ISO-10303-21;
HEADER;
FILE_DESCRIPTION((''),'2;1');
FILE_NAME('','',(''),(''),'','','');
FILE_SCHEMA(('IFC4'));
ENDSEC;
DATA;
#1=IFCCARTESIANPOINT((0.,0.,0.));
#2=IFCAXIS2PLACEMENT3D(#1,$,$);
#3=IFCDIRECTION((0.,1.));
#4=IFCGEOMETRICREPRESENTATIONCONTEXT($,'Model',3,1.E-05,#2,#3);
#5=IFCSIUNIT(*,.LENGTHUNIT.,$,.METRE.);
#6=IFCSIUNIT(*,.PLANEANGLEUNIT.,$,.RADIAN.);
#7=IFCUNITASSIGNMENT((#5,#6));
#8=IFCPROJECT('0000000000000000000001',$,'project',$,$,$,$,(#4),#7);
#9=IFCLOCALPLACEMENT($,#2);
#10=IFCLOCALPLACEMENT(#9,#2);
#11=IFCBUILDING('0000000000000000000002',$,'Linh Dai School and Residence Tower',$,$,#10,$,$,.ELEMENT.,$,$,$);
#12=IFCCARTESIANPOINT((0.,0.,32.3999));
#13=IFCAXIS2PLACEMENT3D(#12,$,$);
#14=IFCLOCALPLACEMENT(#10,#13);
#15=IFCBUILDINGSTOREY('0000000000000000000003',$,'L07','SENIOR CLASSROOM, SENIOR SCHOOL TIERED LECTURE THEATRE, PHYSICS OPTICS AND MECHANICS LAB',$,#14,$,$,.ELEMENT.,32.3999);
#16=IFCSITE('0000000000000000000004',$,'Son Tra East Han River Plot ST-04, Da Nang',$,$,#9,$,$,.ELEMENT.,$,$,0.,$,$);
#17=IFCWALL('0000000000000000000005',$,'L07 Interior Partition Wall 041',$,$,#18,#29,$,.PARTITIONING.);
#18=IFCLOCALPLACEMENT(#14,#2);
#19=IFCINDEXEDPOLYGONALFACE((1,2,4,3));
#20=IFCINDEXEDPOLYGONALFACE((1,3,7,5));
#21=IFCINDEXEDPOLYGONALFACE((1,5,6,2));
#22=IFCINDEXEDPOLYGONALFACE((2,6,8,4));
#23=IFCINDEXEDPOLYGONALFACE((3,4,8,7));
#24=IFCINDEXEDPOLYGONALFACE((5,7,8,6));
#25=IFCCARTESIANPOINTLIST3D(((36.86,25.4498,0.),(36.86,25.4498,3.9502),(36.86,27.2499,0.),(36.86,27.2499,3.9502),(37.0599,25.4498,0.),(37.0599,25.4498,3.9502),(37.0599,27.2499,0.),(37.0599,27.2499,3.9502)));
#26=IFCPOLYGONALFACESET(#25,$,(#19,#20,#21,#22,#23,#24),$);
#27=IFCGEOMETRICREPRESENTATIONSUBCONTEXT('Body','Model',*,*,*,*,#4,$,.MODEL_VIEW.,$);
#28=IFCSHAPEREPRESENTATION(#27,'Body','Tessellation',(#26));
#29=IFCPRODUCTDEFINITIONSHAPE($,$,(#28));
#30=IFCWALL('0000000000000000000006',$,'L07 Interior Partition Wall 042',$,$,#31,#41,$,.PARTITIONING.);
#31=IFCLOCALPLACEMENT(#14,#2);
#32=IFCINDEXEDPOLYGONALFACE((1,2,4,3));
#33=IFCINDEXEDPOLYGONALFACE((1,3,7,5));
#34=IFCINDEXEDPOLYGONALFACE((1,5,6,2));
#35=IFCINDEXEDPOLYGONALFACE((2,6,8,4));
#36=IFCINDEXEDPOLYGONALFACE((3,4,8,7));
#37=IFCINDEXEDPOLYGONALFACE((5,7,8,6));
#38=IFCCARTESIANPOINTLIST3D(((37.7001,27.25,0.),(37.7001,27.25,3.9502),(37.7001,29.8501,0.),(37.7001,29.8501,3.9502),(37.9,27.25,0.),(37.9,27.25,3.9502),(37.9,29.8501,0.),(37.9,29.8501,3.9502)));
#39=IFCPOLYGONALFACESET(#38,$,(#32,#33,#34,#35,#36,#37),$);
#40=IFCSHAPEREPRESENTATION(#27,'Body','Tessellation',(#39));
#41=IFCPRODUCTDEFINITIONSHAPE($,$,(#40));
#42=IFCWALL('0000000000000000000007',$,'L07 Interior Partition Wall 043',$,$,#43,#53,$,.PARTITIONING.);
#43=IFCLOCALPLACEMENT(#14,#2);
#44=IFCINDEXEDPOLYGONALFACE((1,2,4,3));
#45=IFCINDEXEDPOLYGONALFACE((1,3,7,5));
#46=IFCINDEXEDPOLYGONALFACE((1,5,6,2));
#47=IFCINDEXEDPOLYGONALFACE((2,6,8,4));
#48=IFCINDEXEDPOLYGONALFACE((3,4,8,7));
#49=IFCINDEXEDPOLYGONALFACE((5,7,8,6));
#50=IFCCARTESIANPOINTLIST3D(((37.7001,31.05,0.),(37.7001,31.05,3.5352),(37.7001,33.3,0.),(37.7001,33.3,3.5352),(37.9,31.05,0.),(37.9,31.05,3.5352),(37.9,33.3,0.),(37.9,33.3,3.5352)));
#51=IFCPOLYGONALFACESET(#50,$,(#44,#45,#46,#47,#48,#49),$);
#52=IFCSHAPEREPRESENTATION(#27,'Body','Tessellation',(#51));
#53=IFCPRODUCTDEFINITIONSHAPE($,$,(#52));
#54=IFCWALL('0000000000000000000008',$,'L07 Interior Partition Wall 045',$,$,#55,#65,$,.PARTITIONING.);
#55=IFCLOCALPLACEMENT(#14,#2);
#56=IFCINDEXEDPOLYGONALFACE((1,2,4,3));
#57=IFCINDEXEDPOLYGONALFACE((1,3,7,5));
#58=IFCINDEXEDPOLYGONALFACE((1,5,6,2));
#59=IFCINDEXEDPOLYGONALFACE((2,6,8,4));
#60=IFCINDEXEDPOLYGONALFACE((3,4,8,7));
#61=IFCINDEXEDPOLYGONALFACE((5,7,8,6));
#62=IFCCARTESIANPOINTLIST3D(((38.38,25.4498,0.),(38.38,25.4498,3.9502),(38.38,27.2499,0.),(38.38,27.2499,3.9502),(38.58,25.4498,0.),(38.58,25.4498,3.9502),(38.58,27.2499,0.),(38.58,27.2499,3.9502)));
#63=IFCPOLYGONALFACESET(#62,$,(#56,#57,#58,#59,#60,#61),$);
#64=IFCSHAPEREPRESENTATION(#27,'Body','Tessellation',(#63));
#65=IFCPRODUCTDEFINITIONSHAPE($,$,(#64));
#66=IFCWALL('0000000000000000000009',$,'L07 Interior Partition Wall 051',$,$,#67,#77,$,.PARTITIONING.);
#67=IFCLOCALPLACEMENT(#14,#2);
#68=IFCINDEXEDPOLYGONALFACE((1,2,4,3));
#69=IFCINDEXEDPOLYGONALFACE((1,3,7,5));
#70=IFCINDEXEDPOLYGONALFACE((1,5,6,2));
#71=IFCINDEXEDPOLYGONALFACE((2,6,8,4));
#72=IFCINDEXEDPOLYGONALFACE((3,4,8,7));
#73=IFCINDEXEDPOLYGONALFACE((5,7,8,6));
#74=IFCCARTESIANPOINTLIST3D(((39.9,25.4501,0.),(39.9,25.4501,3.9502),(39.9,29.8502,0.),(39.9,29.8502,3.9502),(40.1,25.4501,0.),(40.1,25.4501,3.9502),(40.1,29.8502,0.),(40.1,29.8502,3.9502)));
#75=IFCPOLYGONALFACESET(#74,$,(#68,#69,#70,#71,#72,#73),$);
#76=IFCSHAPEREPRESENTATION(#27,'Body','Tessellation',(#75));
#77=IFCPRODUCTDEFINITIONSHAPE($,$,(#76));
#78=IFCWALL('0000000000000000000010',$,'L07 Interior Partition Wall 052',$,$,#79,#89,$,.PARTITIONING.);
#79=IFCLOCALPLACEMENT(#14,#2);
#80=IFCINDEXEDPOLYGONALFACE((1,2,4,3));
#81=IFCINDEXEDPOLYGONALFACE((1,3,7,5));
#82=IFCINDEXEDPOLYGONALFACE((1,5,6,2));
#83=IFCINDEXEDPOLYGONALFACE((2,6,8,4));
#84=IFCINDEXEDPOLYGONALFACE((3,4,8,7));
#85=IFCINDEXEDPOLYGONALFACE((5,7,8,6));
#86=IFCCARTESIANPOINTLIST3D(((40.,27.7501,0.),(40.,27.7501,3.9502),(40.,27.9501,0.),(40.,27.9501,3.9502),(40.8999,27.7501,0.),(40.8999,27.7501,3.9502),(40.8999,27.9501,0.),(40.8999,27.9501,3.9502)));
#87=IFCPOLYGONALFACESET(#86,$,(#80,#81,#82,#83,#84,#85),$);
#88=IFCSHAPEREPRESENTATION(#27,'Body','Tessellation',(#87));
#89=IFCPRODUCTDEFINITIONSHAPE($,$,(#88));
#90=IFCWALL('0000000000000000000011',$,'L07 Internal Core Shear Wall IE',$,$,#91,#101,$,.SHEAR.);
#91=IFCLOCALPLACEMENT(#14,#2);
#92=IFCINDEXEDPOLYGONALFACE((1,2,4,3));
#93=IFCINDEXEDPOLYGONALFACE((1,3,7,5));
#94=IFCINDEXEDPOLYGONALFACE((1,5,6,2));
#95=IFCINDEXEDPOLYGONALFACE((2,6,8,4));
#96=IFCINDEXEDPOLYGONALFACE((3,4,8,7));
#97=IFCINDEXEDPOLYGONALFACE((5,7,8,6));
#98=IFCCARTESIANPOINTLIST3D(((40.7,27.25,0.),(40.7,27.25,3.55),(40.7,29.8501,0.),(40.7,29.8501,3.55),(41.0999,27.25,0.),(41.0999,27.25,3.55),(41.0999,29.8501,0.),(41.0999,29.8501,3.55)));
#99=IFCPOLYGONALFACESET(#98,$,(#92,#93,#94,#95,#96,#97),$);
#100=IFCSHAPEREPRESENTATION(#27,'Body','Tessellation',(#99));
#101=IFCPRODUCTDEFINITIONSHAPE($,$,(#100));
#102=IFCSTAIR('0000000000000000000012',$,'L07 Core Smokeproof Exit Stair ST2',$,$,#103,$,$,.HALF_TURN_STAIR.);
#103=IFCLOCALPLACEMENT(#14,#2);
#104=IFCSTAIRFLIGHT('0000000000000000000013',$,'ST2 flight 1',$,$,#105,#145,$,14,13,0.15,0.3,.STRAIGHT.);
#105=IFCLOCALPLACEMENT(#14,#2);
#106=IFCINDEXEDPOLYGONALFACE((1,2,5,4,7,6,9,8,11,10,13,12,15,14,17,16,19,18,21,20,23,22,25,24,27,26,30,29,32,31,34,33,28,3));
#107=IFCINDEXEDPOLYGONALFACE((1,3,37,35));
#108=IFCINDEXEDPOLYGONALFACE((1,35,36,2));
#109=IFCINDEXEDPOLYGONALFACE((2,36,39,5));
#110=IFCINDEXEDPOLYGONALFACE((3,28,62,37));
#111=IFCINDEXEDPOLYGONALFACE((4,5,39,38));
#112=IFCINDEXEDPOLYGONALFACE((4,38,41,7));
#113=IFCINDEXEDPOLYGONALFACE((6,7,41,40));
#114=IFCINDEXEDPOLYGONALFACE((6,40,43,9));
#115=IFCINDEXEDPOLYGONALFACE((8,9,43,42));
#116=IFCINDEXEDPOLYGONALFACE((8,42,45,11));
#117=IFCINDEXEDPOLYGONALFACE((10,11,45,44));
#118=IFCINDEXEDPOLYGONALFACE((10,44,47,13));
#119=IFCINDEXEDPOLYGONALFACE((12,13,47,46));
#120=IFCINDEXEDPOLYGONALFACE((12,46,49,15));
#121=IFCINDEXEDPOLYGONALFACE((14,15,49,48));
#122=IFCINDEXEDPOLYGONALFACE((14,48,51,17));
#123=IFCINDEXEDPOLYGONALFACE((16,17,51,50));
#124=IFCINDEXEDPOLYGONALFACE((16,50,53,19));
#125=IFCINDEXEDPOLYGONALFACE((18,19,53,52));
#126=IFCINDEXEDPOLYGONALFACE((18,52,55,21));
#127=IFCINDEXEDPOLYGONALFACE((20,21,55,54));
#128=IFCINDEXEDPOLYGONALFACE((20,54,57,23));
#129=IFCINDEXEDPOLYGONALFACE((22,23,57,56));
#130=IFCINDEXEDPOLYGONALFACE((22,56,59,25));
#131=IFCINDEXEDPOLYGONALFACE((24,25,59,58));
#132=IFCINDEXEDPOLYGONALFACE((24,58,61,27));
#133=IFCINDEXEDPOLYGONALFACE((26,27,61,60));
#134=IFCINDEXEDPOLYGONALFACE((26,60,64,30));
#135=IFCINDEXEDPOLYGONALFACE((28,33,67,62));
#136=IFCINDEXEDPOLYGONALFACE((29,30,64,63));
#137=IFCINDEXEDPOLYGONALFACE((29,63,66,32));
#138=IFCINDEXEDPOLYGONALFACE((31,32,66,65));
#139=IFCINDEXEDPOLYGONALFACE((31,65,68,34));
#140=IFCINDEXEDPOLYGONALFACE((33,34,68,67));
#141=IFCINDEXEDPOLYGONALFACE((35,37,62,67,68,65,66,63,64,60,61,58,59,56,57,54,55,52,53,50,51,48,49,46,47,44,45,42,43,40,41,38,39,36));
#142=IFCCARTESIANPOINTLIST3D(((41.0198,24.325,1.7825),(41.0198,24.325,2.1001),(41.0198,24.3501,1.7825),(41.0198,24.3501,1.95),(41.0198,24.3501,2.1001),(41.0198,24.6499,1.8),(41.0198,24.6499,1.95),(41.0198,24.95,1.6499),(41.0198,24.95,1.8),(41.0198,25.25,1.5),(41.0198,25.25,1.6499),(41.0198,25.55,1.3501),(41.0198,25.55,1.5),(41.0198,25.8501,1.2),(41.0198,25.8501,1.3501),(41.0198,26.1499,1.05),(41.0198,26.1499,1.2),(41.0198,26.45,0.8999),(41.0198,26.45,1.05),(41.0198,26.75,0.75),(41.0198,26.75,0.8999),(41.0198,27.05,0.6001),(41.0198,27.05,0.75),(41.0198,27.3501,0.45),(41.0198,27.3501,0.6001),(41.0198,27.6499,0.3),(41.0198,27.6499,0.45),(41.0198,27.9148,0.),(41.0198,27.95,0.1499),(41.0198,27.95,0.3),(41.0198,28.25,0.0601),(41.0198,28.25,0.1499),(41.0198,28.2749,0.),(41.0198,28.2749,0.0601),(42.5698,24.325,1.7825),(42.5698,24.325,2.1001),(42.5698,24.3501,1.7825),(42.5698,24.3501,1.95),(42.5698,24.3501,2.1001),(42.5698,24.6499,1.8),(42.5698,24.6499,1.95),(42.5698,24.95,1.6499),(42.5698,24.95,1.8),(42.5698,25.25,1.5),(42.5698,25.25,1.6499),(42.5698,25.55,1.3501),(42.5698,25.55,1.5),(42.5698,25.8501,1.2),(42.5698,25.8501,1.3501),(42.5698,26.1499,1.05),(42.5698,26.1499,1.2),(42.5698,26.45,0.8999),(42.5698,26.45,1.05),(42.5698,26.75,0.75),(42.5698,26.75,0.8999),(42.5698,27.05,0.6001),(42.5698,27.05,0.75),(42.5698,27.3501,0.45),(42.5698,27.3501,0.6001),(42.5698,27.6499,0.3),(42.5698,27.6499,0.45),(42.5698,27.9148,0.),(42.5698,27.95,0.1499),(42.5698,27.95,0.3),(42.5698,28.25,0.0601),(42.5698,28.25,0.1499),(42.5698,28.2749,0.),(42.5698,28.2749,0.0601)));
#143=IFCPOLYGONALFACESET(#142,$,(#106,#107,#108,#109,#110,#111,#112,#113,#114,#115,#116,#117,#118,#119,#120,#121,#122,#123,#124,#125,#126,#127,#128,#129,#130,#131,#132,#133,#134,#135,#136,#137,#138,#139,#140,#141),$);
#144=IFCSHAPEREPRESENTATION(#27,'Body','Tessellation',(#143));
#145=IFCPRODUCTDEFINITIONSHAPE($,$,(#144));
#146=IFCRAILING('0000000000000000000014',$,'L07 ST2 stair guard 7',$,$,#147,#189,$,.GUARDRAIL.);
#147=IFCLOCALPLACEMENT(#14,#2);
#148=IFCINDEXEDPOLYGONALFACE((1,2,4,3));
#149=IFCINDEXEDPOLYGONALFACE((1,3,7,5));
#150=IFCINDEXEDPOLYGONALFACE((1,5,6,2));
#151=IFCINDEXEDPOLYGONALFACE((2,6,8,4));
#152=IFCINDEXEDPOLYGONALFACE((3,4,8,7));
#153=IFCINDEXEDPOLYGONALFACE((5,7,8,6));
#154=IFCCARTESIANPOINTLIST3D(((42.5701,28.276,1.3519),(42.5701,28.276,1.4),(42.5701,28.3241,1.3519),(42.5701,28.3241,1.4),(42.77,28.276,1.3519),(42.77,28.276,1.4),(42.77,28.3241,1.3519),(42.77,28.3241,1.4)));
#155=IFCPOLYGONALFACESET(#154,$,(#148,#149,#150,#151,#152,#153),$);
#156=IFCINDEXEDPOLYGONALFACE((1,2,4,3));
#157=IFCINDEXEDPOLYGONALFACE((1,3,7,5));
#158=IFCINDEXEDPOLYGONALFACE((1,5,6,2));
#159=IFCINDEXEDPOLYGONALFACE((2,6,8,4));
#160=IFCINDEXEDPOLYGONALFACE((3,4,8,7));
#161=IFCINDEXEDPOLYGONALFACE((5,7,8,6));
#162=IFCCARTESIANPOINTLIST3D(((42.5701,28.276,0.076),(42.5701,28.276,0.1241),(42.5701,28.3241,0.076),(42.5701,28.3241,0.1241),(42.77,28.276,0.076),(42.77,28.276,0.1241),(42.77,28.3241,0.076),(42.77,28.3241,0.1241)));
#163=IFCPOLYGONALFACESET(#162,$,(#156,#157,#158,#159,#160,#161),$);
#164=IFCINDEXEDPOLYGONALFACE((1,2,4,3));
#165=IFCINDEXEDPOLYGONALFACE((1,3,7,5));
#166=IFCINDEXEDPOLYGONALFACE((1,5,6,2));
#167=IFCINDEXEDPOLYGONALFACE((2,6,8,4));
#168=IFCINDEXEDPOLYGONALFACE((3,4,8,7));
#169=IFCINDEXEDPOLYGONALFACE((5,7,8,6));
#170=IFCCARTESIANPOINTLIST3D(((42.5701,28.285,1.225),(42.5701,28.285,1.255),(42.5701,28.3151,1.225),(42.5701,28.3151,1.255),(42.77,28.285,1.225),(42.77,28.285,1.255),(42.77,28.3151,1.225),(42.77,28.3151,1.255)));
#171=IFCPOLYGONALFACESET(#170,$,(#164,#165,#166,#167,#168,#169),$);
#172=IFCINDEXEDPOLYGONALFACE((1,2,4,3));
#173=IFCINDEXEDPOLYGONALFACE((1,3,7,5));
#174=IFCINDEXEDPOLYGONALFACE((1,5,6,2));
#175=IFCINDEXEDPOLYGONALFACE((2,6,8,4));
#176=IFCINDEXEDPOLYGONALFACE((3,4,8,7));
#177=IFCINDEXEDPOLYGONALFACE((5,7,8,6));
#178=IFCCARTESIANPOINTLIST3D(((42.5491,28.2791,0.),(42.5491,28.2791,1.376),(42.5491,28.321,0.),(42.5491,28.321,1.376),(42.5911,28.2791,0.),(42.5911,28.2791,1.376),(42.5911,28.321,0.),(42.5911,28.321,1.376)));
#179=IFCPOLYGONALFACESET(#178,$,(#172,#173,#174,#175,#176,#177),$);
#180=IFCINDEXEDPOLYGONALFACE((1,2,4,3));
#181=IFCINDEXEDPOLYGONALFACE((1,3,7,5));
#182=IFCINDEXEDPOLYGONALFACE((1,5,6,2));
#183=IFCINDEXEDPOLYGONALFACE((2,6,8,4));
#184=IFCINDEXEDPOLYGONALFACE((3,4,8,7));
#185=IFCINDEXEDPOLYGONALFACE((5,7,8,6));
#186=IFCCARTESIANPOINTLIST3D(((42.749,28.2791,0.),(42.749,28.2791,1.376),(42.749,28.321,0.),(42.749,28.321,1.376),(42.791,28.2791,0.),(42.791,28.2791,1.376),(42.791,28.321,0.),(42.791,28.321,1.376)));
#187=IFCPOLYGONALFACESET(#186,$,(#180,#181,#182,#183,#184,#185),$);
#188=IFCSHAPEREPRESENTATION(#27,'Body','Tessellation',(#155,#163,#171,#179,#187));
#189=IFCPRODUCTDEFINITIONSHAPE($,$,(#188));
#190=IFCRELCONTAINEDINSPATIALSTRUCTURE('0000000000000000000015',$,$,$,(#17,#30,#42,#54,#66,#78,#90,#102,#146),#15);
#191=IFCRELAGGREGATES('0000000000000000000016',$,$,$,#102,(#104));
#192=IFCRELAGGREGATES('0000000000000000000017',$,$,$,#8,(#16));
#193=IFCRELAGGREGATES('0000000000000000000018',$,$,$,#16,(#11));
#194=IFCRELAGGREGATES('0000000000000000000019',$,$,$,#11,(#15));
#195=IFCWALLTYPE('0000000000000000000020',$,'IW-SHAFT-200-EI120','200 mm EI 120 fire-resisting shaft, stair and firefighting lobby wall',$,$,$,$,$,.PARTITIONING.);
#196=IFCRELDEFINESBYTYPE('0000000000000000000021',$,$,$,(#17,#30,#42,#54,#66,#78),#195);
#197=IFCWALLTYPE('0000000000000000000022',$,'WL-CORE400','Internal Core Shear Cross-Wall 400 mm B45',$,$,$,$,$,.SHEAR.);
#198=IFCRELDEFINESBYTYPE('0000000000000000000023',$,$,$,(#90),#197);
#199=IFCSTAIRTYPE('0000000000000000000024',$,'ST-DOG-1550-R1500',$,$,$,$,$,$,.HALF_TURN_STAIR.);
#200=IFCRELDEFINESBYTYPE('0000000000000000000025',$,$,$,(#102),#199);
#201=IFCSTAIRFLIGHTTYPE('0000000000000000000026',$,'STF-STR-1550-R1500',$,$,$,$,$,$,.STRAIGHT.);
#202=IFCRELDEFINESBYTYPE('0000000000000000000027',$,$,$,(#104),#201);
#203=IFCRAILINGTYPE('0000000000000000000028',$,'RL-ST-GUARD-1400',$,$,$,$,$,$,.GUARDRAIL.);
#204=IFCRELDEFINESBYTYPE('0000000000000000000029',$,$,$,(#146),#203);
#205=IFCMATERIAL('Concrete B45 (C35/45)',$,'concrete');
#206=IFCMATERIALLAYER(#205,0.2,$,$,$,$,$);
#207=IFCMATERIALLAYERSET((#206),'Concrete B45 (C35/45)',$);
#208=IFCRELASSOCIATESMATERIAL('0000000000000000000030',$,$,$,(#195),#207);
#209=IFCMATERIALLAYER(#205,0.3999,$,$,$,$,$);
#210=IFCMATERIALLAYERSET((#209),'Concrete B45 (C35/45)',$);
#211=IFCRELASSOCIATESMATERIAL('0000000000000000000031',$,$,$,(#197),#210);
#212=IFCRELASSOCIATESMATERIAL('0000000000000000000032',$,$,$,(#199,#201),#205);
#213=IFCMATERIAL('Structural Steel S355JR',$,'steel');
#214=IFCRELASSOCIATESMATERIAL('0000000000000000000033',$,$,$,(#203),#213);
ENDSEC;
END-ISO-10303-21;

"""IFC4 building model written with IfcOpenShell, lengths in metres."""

from ifc_helpers import new_model, si_unit, direction, frame, frame_2d, origin, origin_2d, place, context, subcontext, project, spatial, polyline, rectangle, outline, extrude, source, transform, mapped, material, layer, layer_set, type_object, element, aggregate, save


model = new_model("IFC4")

# Units and contexts
model_context = context("Model", 3, precision=1e-05, world=origin(), true_north=direction((0.0, 1.0)))
body_context = subcontext(model_context, "Body", "Model", "MODEL_VIEW")
ifc_project = project(units=[si_unit("LENGTHUNIT", "METRE"), si_unit("PLANEANGLEUNIT", "RADIAN")], contexts=[model_context])

# Site, building, storey
site_placement = place(None, origin())
site = spatial("IfcSite", under=ifc_project, at=site_placement, Name="Son Tra East Han River Plot ST-04, Da Nang", CompositionType="ELEMENT", RefElevation=0.0)
building_placement = place(site_placement, origin())
building = spatial("IfcBuilding", under=site, at=building_placement, Name="Linh Dai School and Residence Tower", CompositionType="ELEMENT")
storey_placement = place(building_placement, frame((0.0, 0.0, 32.3999)))
storey = spatial("IfcBuildingStorey", under=building, at=storey_placement, Name="L07", Description="SENIOR CLASSROOM, SENIOR SCHOOL TIERED LECTURE THEATRE, PHYSICS OPTICS AND MECHANICS LAB", CompositionType="ELEMENT", Elevation=32.3999)

# Shared definitions
ifc_material_1 = material(Name="Structural Steel S355JR", Category="steel")

# Walls
ifc_material_2 = material(Name="Concrete B45 (C35/45)", Category="concrete")
ifc_layer_1 = layer(ifc_material_2, 0.2)
ifc_layer_set_1 = layer_set([ifc_layer_1], Name="Concrete B45 (C35/45)")
wall_type_1 = type_object("IfcWallType", Name="IW-SHAFT-200-EI120", Description="200 mm EI 120 fire-resisting shaft, stair and firefighting lobby wall", PredefinedType="PARTITIONING", material=ifc_layer_set_1)
wall_1_placement = place(storey_placement, frame((36.96, 25.45, 0.0), z_axis=(0.0, 0.0, 1.0), x_axis=(0.0, 1.0, 0.0)))
element("IfcWall", 1, at=wall_1_placement, inside=storey, type_object=wall_type_1, Name="L07 Interior Partition Wall 041", PredefinedType="PARTITIONING", context=body_context, shape_type="SweptSolid", body=[
    extrude(rectangle(XDim=1.8, YDim=0.2, at=frame_2d((0.8999, 0.0))), origin(), (0.0, 0.0, 1.0), 3.9502),
])
wall_2_placement = place(storey_placement, frame((37.8, 27.25, 0.0), z_axis=(0.0, 0.0, 1.0), x_axis=(0.0, 1.0, 0.0)))
element("IfcWall", 2, at=wall_2_placement, inside=storey, type_object=wall_type_1, Name="L07 Interior Partition Wall 042", PredefinedType="PARTITIONING", context=body_context, shape_type="SweptSolid", body=[
    extrude(rectangle(XDim=2.6001, YDim=0.2, at=frame_2d((1.3, 0.0))), origin(), (0.0, 0.0, 1.0), 3.9502),
])
wall_3_placement = place(storey_placement, frame((37.8, 31.05, 0.0), z_axis=(0.0, 0.0, 1.0), x_axis=(0.0, 1.0, 0.0)))
element("IfcWall", 3, at=wall_3_placement, inside=storey, type_object=wall_type_1, Name="L07 Interior Partition Wall 043", PredefinedType="PARTITIONING", context=body_context, shape_type="SweptSolid", body=[
    extrude(rectangle(XDim=2.25, YDim=0.2, at=frame_2d((1.125, 0.0))), origin(), (0.0, 0.0, 1.0), 3.5352),
])
wall_4_placement = place(storey_placement, frame((38.48, 25.45, 0.0), z_axis=(0.0, 0.0, 1.0), x_axis=(0.0, 1.0, 0.0)))
element("IfcWall", 4, at=wall_4_placement, inside=storey, type_object=wall_type_1, Name="L07 Interior Partition Wall 045", PredefinedType="PARTITIONING", context=body_context, shape_type="SweptSolid", body=[
    extrude(rectangle(XDim=1.8, YDim=0.2, at=frame_2d((0.8999, 0.0))), origin(), (0.0, 0.0, 1.0), 3.9502),
])
wall_5_placement = place(storey_placement, frame((40.0, 25.45, 0.0), z_axis=(0.0, 0.0, 1.0), x_axis=(0.0, 1.0, 0.0)))
element("IfcWall", 5, at=wall_5_placement, inside=storey, type_object=wall_type_1, Name="L07 Interior Partition Wall 051", PredefinedType="PARTITIONING", context=body_context, shape_type="SweptSolid", body=[
    extrude(rectangle(XDim=4.4001, YDim=0.2, at=frame_2d((2.2002, 0.0))), origin(), (0.0, 0.0, 1.0), 3.9502),
])
wall_6_placement = place(storey_placement, frame((40.0, 27.8501, 0.0), z_axis=(0.0, 0.0, 1.0), x_axis=(1.0, 0.0, 0.0)))
element("IfcWall", 6, at=wall_6_placement, inside=storey, type_object=wall_type_1, Name="L07 Interior Partition Wall 052", PredefinedType="PARTITIONING", context=body_context, shape_type="SweptSolid", body=[
    extrude(rectangle(XDim=0.8999, YDim=0.2, at=frame_2d((0.45, 0.0))), origin(), (0.0, 0.0, 1.0), 3.9502),
])
ifc_layer_2 = layer(ifc_material_2, 0.3999)
ifc_layer_set_2 = layer_set([ifc_layer_2], Name="Concrete B45 (C35/45)")
wall_type_2 = type_object("IfcWallType", Name="WL-CORE400", Description="Internal Core Shear Cross-Wall 400 mm B45", PredefinedType="SHEAR", material=ifc_layer_set_2)
wall_7_placement = place(storey_placement, frame((40.8999, 27.25, 0.0), z_axis=(0.0, 0.0, 1.0), x_axis=(0.0, 1.0, 0.0)))
element("IfcWall", 7, at=wall_7_placement, inside=storey, type_object=wall_type_2, Name="L07 Internal Core Shear Wall IE", PredefinedType="SHEAR", context=body_context, shape_type="SweptSolid", body=[
    extrude(rectangle(XDim=2.6001, YDim=0.3999, at=frame_2d((1.3, 0.0))), origin(), (0.0, 0.0, 1.0), 3.55),
])

# Stair, stair flight
stair_type = type_object("IfcStairType", Name="ST-DOG-1550-R1500", PredefinedType="HALF_TURN_STAIR", material=ifc_material_2)
stair_placement = place(storey_placement, origin())
stair = element("IfcStair", 8, at=stair_placement, inside=storey, type_object=stair_type, Name="L07 Core Smokeproof Exit Stair ST2", PredefinedType="HALF_TURN_STAIR")
stair_flight_type = type_object("IfcStairFlightType", Name="STF-STR-1550-R1500", PredefinedType="STRAIGHT", material=ifc_material_2)
shared_shape_1 = source(origin(), body_context, "Body", "SweptSolid", [
    extrude(outline(polyline([(-0.0249, 0.0), (-0.0249, 0.0601), (0.0, 0.0601), (0.0, 0.1499), (0.3, 0.1499), (0.3, 0.3), (0.6001, 0.3), (0.6001, 0.45), (0.8999, 0.45), (0.8999, 0.6001), (1.2, 0.6001), (1.2, 0.75), (1.5, 0.75), (1.5, 0.8999), (1.8, 0.8999), (1.8, 1.05), (2.1001, 1.05), (2.1001, 1.2), (2.3999, 1.2), (2.3999, 1.3501), (2.7, 1.3501), (2.7, 1.5), (3.0, 1.5), (3.0, 1.6499), (3.3, 1.6499), (3.3, 1.8), (3.6001, 1.8), (3.6001, 1.95), (3.8999, 1.95), (3.8999, 2.1001), (3.925, 2.1001), (3.925, 1.7825), (3.8999, 1.7825), (0.3352, 0.0), (-0.0249, 0.0)])), frame((0.0, 0.7749, 0.0), z_axis=(0.0, -1.0, 0.0), x_axis=(1.0, 0.0, 0.0)), (0.0, 0.0, 1.0), 1.55),
])
stair_flight_placement = place(storey_placement, frame((41.7949, 28.25, 0.0), z_axis=(0.0, 0.0, 1.0), x_axis=(0.0, -1.0, 0.0)))
stair_flight = element("IfcStairFlight", 9, at=stair_flight_placement, type_object=stair_flight_type, Name="ST2 flight 1", NumberOfRisers=14, NumberOfTreads=13, PredefinedType="STRAIGHT", RiserHeight=0.15, TreadLength=0.3, context=body_context, shape_type="MappedRepresentation", body=[
    mapped(shared_shape_1, transform((0.0, 0.0, 0.0), x_axis=(1.0, 0.0, 0.0), y_axis=(0.0, 1.0, 0.0), z_axis=(0.0, 0.0, 1.0), scale=1.0)),
])
aggregate(stair, [stair_flight])

# Railing
railing_type_1 = type_object("IfcRailingType", Name="RL-ST-GUARD-1400", PredefinedType="GUARDRAIL", material=ifc_material_1)
shared_shape_2 = source(origin(), body_context, "Body", "SweptSolid", [
    extrude(rectangle(XDim=0.0481, YDim=0.0481, at=origin_2d()), frame((0.0, 0.0, 1.376), z_axis=(1.0, 0.0, 0.0), x_axis=(0.0, 1.0, 0.0)), (0.0, 0.0, 1.0), 0.2),
    extrude(rectangle(XDim=0.0481, YDim=0.0481, at=origin_2d()), frame((0.0, 0.0, 0.1001), z_axis=(1.0, 0.0, 0.0), x_axis=(0.0, 1.0, 0.0)), (0.0, 0.0, 1.0), 0.2),
    extrude(rectangle(XDim=0.03, YDim=0.03, at=origin_2d()), frame((0.0, 0.0, 1.24), z_axis=(1.0, 0.0, 0.0), x_axis=(0.0, 1.0, 0.0)), (0.0, 0.0, 1.0), 0.2),
    extrude(rectangle(XDim=0.042, YDim=0.042, at=origin_2d()), origin(), (0.0, 0.0, 1.0), 1.376),
    extrude(rectangle(XDim=0.042, YDim=0.042, at=origin_2d()), frame((0.2, 0.0, 0.0)), (0.0, 0.0, 1.0), 1.376),
])
railing_1_placement = place(storey_placement, frame((42.5701, 28.3, 0.0)))
element("IfcRailing", 10, at=railing_1_placement, inside=storey, type_object=railing_type_1, Name="L07 ST2 stair guard 7", PredefinedType="GUARDRAIL", context=body_context, shape_type="MappedRepresentation", body=[
    mapped(shared_shape_2, transform((0.0, 0.0, 0.0), x_axis=(1.0, 0.0, 0.0), y_axis=(0.0, 1.0, 0.0), z_axis=(0.0, 0.0, 1.0), scale=1.0)),
])

save(model, "model.ifc")
